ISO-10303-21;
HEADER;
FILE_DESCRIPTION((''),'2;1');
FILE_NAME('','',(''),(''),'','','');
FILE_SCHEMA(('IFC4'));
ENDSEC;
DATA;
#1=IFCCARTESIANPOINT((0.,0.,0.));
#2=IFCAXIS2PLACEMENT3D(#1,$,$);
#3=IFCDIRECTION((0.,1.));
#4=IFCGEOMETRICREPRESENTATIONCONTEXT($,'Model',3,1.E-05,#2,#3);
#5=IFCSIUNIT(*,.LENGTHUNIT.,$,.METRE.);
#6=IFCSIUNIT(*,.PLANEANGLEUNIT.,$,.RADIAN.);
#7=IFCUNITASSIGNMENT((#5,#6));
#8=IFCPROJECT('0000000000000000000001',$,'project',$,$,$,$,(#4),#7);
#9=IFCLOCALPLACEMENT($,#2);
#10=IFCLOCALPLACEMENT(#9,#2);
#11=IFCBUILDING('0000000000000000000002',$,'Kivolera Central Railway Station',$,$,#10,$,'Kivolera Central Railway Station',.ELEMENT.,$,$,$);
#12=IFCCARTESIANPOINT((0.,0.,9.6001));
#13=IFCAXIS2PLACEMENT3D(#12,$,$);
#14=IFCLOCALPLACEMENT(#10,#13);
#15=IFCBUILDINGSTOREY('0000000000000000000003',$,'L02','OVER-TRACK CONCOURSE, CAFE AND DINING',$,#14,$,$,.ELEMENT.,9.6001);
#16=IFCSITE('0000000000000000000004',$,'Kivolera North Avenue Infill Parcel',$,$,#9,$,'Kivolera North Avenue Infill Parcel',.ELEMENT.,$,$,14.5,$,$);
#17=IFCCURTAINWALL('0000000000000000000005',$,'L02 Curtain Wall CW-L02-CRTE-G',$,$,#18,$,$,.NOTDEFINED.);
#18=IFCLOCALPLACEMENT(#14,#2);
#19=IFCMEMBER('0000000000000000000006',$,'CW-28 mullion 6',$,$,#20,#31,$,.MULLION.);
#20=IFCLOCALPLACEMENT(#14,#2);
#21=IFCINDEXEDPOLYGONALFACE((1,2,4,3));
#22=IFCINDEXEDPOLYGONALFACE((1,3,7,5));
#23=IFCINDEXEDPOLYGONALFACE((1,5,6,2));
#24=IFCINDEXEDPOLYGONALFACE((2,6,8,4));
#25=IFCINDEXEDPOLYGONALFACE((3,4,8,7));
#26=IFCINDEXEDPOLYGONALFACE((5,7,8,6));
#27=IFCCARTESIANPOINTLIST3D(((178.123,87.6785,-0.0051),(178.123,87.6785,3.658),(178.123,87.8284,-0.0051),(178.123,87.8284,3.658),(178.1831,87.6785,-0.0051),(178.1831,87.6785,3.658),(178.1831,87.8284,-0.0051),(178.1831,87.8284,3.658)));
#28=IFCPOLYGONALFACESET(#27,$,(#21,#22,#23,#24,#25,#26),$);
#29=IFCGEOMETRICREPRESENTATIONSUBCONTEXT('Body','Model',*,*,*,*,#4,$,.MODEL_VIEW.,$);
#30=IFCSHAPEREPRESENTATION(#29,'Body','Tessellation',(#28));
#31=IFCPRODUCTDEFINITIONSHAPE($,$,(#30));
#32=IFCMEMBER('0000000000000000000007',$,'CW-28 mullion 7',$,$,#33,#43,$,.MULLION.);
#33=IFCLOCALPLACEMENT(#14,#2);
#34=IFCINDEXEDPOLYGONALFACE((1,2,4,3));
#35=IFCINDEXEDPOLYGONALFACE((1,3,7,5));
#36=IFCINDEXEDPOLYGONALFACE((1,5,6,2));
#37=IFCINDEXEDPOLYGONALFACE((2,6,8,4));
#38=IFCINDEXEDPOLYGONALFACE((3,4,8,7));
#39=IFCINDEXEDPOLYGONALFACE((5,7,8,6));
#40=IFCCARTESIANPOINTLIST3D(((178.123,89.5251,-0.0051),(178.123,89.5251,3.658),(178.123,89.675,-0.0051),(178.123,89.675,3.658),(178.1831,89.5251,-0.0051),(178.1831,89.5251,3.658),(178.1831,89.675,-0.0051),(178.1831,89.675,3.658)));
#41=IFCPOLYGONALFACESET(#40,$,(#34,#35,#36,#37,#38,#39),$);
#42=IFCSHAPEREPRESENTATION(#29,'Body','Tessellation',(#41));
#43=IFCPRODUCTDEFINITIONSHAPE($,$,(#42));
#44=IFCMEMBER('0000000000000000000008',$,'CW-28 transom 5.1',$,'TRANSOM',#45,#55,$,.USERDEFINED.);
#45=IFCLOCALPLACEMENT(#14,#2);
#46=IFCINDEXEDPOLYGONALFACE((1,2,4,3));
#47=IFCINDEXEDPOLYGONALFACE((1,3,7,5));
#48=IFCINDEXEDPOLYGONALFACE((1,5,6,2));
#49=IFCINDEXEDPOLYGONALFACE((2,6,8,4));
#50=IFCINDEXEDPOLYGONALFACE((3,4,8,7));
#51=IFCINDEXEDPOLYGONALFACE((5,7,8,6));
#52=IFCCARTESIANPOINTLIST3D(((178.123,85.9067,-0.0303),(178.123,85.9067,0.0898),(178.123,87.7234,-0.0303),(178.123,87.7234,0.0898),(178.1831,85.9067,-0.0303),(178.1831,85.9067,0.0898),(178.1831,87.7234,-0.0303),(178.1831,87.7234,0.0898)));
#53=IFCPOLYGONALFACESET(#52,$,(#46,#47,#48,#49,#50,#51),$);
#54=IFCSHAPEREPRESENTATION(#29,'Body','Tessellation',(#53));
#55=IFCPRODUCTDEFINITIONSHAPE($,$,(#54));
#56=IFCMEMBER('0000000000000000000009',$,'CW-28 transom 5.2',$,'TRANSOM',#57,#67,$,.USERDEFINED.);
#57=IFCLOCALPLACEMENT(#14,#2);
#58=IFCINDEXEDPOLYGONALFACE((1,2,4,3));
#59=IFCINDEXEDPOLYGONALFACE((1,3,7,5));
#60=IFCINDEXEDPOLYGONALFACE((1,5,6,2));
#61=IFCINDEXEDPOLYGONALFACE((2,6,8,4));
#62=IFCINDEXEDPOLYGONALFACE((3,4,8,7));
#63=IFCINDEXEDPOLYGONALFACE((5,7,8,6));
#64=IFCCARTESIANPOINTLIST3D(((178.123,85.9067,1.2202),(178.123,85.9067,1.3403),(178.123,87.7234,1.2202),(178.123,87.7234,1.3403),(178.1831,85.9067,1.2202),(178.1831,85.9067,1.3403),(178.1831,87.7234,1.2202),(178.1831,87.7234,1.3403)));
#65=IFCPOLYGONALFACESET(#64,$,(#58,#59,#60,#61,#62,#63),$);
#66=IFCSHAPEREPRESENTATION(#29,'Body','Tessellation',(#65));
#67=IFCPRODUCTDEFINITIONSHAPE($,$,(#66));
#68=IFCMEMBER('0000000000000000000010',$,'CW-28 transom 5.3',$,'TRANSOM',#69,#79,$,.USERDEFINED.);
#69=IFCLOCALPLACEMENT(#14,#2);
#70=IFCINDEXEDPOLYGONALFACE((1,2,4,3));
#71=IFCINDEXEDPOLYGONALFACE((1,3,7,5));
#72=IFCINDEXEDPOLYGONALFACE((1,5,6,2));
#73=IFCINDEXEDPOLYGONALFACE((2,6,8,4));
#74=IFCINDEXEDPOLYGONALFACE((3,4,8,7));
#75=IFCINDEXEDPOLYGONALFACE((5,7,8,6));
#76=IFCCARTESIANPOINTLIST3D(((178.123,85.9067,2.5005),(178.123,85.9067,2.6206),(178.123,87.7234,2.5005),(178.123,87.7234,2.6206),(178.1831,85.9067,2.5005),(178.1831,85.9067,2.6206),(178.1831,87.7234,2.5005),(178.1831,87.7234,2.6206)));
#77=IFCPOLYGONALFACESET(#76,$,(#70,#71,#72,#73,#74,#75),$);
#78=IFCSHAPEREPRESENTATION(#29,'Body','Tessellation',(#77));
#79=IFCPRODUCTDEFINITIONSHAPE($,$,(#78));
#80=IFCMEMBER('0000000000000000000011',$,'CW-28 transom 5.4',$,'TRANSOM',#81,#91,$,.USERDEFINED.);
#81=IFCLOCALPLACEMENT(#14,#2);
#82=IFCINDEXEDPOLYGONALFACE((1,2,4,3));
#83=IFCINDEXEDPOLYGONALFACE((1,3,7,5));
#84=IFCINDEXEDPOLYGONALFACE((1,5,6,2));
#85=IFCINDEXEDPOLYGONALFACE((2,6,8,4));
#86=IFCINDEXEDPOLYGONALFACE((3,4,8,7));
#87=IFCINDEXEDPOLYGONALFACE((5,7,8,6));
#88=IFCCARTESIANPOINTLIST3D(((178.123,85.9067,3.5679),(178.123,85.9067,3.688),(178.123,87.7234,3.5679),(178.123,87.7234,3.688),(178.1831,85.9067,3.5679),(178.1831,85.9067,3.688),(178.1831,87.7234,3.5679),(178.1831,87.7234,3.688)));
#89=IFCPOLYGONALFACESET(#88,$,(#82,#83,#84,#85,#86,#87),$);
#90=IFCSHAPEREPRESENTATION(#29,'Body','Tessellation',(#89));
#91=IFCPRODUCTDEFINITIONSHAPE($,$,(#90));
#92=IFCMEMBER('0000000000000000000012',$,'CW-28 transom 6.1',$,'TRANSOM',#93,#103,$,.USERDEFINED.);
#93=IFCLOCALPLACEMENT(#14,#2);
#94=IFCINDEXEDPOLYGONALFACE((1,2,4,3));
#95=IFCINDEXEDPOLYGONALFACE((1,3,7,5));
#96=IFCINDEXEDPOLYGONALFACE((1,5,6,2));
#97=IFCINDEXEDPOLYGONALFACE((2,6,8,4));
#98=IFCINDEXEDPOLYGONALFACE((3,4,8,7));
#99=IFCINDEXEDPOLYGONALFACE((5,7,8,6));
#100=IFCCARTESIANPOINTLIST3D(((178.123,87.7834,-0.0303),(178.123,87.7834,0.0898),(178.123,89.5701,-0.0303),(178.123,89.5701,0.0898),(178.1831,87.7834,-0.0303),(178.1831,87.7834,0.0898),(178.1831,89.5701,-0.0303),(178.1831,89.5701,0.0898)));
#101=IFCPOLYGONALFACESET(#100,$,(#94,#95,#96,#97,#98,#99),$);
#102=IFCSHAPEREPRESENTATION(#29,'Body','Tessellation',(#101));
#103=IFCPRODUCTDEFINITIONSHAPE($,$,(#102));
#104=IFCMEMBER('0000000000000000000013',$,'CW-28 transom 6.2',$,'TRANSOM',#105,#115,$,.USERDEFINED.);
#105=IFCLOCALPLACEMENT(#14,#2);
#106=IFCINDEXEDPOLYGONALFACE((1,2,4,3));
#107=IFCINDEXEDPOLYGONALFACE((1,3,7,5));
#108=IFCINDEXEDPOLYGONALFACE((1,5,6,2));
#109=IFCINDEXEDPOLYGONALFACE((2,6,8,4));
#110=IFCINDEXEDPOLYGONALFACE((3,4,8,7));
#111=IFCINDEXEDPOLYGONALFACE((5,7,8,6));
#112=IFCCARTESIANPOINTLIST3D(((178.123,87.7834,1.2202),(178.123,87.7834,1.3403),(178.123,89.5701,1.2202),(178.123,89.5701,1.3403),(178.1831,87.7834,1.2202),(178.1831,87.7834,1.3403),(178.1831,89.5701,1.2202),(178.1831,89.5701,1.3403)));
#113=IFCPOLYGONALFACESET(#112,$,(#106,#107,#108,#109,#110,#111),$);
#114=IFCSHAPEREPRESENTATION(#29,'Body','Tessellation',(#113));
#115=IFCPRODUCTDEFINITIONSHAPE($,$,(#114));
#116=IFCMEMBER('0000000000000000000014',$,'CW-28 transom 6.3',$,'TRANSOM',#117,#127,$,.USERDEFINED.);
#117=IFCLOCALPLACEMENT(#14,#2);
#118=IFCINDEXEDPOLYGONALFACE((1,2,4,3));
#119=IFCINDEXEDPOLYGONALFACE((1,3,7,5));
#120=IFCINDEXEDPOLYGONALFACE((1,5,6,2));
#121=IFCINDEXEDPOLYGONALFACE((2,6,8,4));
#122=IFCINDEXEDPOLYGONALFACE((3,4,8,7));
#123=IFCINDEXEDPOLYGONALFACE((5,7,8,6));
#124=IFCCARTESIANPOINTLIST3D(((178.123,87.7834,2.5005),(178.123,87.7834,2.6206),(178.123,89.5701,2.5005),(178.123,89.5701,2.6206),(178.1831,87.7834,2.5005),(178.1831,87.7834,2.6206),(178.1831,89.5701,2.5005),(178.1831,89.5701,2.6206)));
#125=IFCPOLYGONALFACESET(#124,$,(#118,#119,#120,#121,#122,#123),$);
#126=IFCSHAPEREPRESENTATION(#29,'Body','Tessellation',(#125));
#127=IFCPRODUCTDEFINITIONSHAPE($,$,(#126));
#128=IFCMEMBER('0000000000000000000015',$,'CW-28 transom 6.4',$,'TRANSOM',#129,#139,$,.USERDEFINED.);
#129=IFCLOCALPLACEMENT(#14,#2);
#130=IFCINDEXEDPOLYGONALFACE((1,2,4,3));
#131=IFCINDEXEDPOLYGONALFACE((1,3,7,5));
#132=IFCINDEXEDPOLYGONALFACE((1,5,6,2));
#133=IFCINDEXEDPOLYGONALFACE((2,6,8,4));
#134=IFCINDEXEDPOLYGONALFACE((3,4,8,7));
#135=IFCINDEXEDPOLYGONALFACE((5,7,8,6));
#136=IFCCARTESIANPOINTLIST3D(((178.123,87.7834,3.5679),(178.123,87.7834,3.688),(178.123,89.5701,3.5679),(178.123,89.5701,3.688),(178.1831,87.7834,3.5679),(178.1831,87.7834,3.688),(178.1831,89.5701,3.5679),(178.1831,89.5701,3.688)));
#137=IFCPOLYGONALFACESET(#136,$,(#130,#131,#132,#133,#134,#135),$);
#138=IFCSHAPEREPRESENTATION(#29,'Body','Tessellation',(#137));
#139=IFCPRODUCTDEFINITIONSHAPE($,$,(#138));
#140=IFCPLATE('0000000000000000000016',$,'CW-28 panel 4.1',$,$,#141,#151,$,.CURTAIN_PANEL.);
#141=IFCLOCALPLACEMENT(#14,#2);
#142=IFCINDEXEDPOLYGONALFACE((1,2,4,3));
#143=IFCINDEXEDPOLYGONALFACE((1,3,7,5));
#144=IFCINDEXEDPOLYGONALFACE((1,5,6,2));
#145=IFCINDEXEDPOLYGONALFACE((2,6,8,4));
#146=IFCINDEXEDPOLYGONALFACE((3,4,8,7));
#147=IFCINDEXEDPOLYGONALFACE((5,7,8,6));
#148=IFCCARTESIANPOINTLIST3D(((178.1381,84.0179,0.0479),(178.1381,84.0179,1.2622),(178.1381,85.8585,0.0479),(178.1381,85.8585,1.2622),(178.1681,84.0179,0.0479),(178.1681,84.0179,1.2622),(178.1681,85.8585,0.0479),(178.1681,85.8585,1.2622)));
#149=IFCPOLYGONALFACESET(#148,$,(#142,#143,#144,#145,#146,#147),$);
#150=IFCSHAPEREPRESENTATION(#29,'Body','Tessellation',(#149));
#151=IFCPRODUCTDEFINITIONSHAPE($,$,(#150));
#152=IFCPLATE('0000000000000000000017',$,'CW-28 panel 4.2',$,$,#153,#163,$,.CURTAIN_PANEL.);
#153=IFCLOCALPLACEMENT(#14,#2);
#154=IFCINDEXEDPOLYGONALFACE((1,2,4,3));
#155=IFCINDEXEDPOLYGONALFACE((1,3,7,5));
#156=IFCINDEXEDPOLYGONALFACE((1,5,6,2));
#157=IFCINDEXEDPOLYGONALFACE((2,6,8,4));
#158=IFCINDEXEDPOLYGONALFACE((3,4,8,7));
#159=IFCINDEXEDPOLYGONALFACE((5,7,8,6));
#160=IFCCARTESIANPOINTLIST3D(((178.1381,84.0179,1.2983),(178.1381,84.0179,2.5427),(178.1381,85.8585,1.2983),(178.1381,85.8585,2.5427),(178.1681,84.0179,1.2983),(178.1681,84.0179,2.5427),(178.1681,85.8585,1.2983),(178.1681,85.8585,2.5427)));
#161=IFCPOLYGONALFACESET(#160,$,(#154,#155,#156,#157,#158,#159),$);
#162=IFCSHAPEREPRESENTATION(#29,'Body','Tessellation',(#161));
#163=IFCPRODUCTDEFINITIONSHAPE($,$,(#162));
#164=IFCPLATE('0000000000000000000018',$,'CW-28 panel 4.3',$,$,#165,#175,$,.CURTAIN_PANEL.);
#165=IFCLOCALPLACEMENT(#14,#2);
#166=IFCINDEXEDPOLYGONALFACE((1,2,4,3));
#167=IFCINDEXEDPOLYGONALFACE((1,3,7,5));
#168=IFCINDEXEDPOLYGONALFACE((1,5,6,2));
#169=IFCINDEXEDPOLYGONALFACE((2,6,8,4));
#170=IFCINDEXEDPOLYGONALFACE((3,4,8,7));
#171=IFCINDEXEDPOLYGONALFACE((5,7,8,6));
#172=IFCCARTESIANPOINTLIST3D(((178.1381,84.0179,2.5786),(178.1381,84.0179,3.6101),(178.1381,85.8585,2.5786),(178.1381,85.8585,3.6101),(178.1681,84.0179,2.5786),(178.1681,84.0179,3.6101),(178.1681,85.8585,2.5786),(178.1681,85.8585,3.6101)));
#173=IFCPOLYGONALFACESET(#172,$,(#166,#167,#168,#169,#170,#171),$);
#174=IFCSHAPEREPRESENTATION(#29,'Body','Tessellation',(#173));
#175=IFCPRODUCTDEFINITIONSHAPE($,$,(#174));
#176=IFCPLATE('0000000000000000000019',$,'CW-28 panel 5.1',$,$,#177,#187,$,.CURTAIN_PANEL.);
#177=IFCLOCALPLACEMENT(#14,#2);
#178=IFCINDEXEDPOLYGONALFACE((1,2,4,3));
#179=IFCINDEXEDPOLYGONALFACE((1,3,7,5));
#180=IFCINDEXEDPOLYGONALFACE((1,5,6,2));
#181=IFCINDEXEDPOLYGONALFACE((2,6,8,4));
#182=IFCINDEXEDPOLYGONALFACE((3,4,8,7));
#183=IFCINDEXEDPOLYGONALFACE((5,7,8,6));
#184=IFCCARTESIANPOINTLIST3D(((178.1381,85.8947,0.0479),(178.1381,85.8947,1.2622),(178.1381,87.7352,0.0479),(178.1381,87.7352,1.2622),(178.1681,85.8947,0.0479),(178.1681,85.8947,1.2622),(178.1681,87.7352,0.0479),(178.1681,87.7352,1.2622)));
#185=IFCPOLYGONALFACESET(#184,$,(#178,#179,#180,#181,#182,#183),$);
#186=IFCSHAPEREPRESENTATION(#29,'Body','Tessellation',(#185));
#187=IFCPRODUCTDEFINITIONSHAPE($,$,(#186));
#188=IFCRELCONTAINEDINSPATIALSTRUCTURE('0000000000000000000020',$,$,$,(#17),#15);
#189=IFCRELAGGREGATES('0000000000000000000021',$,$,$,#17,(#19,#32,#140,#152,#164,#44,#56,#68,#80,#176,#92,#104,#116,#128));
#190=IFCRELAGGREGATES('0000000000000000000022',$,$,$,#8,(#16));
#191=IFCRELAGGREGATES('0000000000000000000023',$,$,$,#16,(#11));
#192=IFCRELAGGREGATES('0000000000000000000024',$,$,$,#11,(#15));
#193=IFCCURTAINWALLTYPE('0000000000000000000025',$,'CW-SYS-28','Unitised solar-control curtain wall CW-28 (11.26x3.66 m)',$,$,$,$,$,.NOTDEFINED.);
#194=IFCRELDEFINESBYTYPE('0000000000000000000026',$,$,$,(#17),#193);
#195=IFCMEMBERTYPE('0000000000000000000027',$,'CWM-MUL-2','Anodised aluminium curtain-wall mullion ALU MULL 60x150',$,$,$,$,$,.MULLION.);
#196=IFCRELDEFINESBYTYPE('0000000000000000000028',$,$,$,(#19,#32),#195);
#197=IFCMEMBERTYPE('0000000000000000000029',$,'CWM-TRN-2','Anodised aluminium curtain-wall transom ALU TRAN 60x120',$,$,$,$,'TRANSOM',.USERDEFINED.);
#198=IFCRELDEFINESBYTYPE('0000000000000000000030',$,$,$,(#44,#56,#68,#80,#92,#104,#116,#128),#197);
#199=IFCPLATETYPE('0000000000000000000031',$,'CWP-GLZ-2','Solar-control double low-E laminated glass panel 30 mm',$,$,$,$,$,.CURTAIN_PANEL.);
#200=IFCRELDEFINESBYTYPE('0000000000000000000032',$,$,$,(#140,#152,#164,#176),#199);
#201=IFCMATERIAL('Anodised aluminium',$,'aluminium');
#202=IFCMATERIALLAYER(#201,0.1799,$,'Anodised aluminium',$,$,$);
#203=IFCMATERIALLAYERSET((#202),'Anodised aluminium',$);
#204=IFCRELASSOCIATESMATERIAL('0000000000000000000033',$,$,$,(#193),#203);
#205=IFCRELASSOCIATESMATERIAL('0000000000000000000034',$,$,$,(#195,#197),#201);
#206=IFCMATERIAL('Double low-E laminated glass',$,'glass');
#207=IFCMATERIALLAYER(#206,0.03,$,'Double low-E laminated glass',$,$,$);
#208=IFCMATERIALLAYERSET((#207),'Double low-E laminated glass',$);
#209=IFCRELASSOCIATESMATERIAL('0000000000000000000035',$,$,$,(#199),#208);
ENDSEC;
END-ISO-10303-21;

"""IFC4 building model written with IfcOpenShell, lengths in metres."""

from ifc_helpers import new_model, si_unit, direction, frame, origin, origin_2d, place, context, subcontext, project, spatial, rectangle, extrude, material, layer, layer_set, material_profile, profile_set, type_object, element, aggregate, save


model = new_model("IFC4")

# Units and contexts
model_context = context("Model", 3, precision=1e-05, world=origin(), true_north=direction((0.0, 1.0)))
body_context = subcontext(model_context, "Body", "Model", "MODEL_VIEW")
ifc_project = project(units=[si_unit("LENGTHUNIT", "METRE"), si_unit("PLANEANGLEUNIT", "RADIAN")], contexts=[model_context])

# Site, building, storey
site_placement = place(None, origin())
site = spatial("IfcSite", under=ifc_project, at=site_placement, Name="Kivolera North Avenue Infill Parcel", LongName="Kivolera North Avenue Infill Parcel", CompositionType="ELEMENT", RefElevation=14.5)
building_placement = place(site_placement, origin())
building = spatial("IfcBuilding", under=site, at=building_placement, Name="Kivolera Central Railway Station", LongName="Kivolera Central Railway Station", CompositionType="ELEMENT")
storey_placement = place(building_placement, frame((0.0, 0.0, 9.6001)))
storey = spatial("IfcBuildingStorey", under=building, at=storey_placement, Name="L02", Description="OVER-TRACK CONCOURSE, CAFE AND DINING", CompositionType="ELEMENT", Elevation=9.6001)

# Curtain wall, members, plates
ifc_material_1 = material(Name="Anodised aluminium", Category="aluminium")
ifc_layer_1 = layer(ifc_material_1, 0.1799, Name="Anodised aluminium")
ifc_layer_set_1 = layer_set([ifc_layer_1], Name="Anodised aluminium")
curtain_wall_type = type_object("IfcCurtainWallType", Name="CW-SYS-28", Description="Unitised solar-control curtain wall CW-28 (11.26x3.66 m)", PredefinedType="NOTDEFINED", material=ifc_layer_set_1)
curtain_wall_placement = place(storey_placement, origin())
curtain_wall = element("IfcCurtainWall", 1, at=curtain_wall_placement, inside=storey, type_object=curtain_wall_type, Name="L02 Curtain Wall CW-L02-CRTE-G", PredefinedType="NOTDEFINED")
ifc_material_profile_1 = material_profile(ifc_material_1, rectangle(XDim=0.0601, YDim=0.1499, at=origin_2d()), Name="ALU MULL 60x150")
ifc_profile_set_1 = profile_set([ifc_material_profile_1], Name="Anodised aluminium")
member_type_1 = type_object("IfcMemberType", Name="CWM-MUL-2", Description="Anodised aluminium curtain-wall mullion ALU MULL 60x150", PredefinedType="MULLION", material=ifc_profile_set_1)
member_1_placement = place(storey_placement, frame((178.1531, 87.7534, -0.0051), z_axis=(0.0, 0.0, 1.0), x_axis=(-1.0, 0.0, 0.0)))
member_1 = element("IfcMember", 2, at=member_1_placement, type_object=member_type_1, Name="CW-28 mullion 6", PredefinedType="MULLION", context=body_context, shape_type="SweptSolid", body=[
    extrude(rectangle(XDim=0.0601, YDim=0.1499, at=origin_2d()), origin(), (0.0, 0.0, 1.0), 3.6631),
])
member_2_placement = place(storey_placement, frame((178.1531, 89.6001, -0.0051), z_axis=(0.0, 0.0, 1.0), x_axis=(-1.0, 0.0, 0.0)))
member_2 = element("IfcMember", 3, at=member_2_placement, type_object=member_type_1, Name="CW-28 mullion 7", PredefinedType="MULLION", context=body_context, shape_type="SweptSolid", body=[
    extrude(rectangle(XDim=0.0601, YDim=0.1499, at=origin_2d()), origin(), (0.0, 0.0, 1.0), 3.6631),
])
ifc_material_profile_2 = material_profile(ifc_material_1, rectangle(XDim=0.0601, YDim=0.1201, at=origin_2d()), Name="ALU TRAN 60x120")
ifc_profile_set_2 = profile_set([ifc_material_profile_2], Name="Anodised aluminium")
member_type_2 = type_object("IfcMemberType", Name="CWM-TRN-2", Description="Anodised aluminium curtain-wall transom ALU TRAN 60x120", ElementType="TRANSOM", PredefinedType="USERDEFINED", material=ifc_profile_set_2)
member_3_placement = place(storey_placement, frame((178.1531, 85.9067, 0.0298), z_axis=(0.0, 1.0, 0.0), x_axis=(-1.0, 0.0, 0.0)))
member_3 = element("IfcMember", 4, at=member_3_placement, type_object=member_type_2, Name="CW-28 transom 5.1", ObjectType="TRANSOM", PredefinedType="USERDEFINED", context=body_context, shape_type="SweptSolid", body=[
    extrude(rectangle(XDim=0.0601, YDim=0.1201, at=origin_2d()), origin(), (0.0, 0.0, 1.0), 1.8167),
])
member_4_placement = place(storey_placement, frame((178.1531, 85.9067, 1.2803), z_axis=(0.0, 1.0, 0.0), x_axis=(-1.0, 0.0, 0.0)))
member_4 = element("IfcMember", 5, at=member_4_placement, type_object=member_type_2, Name="CW-28 transom 5.2", ObjectType="TRANSOM", PredefinedType="USERDEFINED", context=body_context, shape_type="SweptSolid", body=[
    extrude(rectangle(XDim=0.0601, YDim=0.1201, at=origin_2d()), origin(), (0.0, 0.0, 1.0), 1.8167),
])
member_5_placement = place(storey_placement, frame((178.1531, 85.9067, 2.5605), z_axis=(0.0, 1.0, 0.0), x_axis=(-1.0, 0.0, 0.0)))
member_5 = element("IfcMember", 6, at=member_5_placement, type_object=member_type_2, Name="CW-28 transom 5.3", ObjectType="TRANSOM", PredefinedType="USERDEFINED", context=body_context, shape_type="SweptSolid", body=[
    extrude(rectangle(XDim=0.0601, YDim=0.1201, at=origin_2d()), origin(), (0.0, 0.0, 1.0), 1.8167),
])
member_6_placement = place(storey_placement, frame((178.1531, 85.9067, 3.6279), z_axis=(0.0, 1.0, 0.0), x_axis=(-1.0, 0.0, 0.0)))
member_6 = element("IfcMember", 7, at=member_6_placement, type_object=member_type_2, Name="CW-28 transom 5.4", ObjectType="TRANSOM", PredefinedType="USERDEFINED", context=body_context, shape_type="SweptSolid", body=[
    extrude(rectangle(XDim=0.0601, YDim=0.1201, at=origin_2d()), origin(), (0.0, 0.0, 1.0), 1.8167),
])
member_7_placement = place(storey_placement, frame((178.1531, 87.7834, 0.0298), z_axis=(0.0, 1.0, 0.0), x_axis=(-1.0, 0.0, 0.0)))
member_7 = element("IfcMember", 8, at=member_7_placement, type_object=member_type_2, Name="CW-28 transom 6.1", ObjectType="TRANSOM", PredefinedType="USERDEFINED", context=body_context, shape_type="SweptSolid", body=[
    extrude(rectangle(XDim=0.0601, YDim=0.1201, at=origin_2d()), origin(), (0.0, 0.0, 1.0), 1.7866),
])
member_8_placement = place(storey_placement, frame((178.1531, 87.7834, 1.2803), z_axis=(0.0, 1.0, 0.0), x_axis=(-1.0, 0.0, 0.0)))
member_8 = element("IfcMember", 9, at=member_8_placement, type_object=member_type_2, Name="CW-28 transom 6.2", ObjectType="TRANSOM", PredefinedType="USERDEFINED", context=body_context, shape_type="SweptSolid", body=[
    extrude(rectangle(XDim=0.0601, YDim=0.1201, at=origin_2d()), origin(), (0.0, 0.0, 1.0), 1.7866),
])
member_9_placement = place(storey_placement, frame((178.1531, 87.7834, 2.5605), z_axis=(0.0, 1.0, 0.0), x_axis=(-1.0, 0.0, 0.0)))
member_9 = element("IfcMember", 10, at=member_9_placement, type_object=member_type_2, Name="CW-28 transom 6.3", ObjectType="TRANSOM", PredefinedType="USERDEFINED", context=body_context, shape_type="SweptSolid", body=[
    extrude(rectangle(XDim=0.0601, YDim=0.1201, at=origin_2d()), origin(), (0.0, 0.0, 1.0), 1.7866),
])
member_10_placement = place(storey_placement, frame((178.1531, 87.7834, 3.6279), z_axis=(0.0, 1.0, 0.0), x_axis=(-1.0, 0.0, 0.0)))
member_10 = element("IfcMember", 11, at=member_10_placement, type_object=member_type_2, Name="CW-28 transom 6.4", ObjectType="TRANSOM", PredefinedType="USERDEFINED", context=body_context, shape_type="SweptSolid", body=[
    extrude(rectangle(XDim=0.0601, YDim=0.1201, at=origin_2d()), origin(), (0.0, 0.0, 1.0), 1.7866),
])
ifc_material_2 = material(Name="Double low-E laminated glass", Category="glass")
ifc_layer_2 = layer(ifc_material_2, 0.03, Name="Double low-E laminated glass")
ifc_layer_set_2 = layer_set([ifc_layer_2], Name="Double low-E laminated glass")
plate_type = type_object("IfcPlateType", Name="CWP-GLZ-2", Description="Solar-control double low-E laminated glass panel 30 mm", PredefinedType="CURTAIN_PANEL", material=ifc_layer_set_2)
plate_1_placement = place(storey_placement, frame((178.1531, 84.9382, 0.0479), z_axis=(0.0, 0.0, 1.0), x_axis=(0.0, 1.0, 0.0)))
plate_1 = element("IfcPlate", 12, at=plate_1_placement, type_object=plate_type, Name="CW-28 panel 4.1", PredefinedType="CURTAIN_PANEL", context=body_context, shape_type="SweptSolid", body=[
    extrude(rectangle(XDim=1.8406, YDim=0.03, at=origin_2d()), origin(), (0.0, 0.0, 1.0), 1.2144),
])
plate_2_placement = place(storey_placement, frame((178.1531, 84.9382, 1.2983), z_axis=(0.0, 0.0, 1.0), x_axis=(0.0, 1.0, 0.0)))
plate_2 = element("IfcPlate", 13, at=plate_2_placement, type_object=plate_type, Name="CW-28 panel 4.2", PredefinedType="CURTAIN_PANEL", context=body_context, shape_type="SweptSolid", body=[
    extrude(rectangle(XDim=1.8406, YDim=0.03, at=origin_2d()), origin(), (0.0, 0.0, 1.0), 1.2444),
])
plate_3_placement = place(storey_placement, frame((178.1531, 84.9382, 2.5786), z_axis=(0.0, 0.0, 1.0), x_axis=(0.0, 1.0, 0.0)))
plate_3 = element("IfcPlate", 14, at=plate_3_placement, type_object=plate_type, Name="CW-28 panel 4.3", PredefinedType="CURTAIN_PANEL", context=body_context, shape_type="SweptSolid", body=[
    extrude(rectangle(XDim=1.8406, YDim=0.03, at=origin_2d()), origin(), (0.0, 0.0, 1.0), 1.0315),
])
plate_4_placement = place(storey_placement, frame((178.1531, 86.8149, 0.0479), z_axis=(0.0, 0.0, 1.0), x_axis=(0.0, 1.0, 0.0)))
plate_4 = element("IfcPlate", 15, at=plate_4_placement, type_object=plate_type, Name="CW-28 panel 5.1", PredefinedType="CURTAIN_PANEL", context=body_context, shape_type="SweptSolid", body=[
    extrude(rectangle(XDim=1.8406, YDim=0.03, at=origin_2d()), origin(), (0.0, 0.0, 1.0), 1.2144),
])
aggregate(curtain_wall, [member_1, member_2, plate_1, plate_2, plate_3, member_3, member_4, member_5, member_6, plate_4, member_7, member_8, member_9, member_10])

save(model, "model.ifc")
